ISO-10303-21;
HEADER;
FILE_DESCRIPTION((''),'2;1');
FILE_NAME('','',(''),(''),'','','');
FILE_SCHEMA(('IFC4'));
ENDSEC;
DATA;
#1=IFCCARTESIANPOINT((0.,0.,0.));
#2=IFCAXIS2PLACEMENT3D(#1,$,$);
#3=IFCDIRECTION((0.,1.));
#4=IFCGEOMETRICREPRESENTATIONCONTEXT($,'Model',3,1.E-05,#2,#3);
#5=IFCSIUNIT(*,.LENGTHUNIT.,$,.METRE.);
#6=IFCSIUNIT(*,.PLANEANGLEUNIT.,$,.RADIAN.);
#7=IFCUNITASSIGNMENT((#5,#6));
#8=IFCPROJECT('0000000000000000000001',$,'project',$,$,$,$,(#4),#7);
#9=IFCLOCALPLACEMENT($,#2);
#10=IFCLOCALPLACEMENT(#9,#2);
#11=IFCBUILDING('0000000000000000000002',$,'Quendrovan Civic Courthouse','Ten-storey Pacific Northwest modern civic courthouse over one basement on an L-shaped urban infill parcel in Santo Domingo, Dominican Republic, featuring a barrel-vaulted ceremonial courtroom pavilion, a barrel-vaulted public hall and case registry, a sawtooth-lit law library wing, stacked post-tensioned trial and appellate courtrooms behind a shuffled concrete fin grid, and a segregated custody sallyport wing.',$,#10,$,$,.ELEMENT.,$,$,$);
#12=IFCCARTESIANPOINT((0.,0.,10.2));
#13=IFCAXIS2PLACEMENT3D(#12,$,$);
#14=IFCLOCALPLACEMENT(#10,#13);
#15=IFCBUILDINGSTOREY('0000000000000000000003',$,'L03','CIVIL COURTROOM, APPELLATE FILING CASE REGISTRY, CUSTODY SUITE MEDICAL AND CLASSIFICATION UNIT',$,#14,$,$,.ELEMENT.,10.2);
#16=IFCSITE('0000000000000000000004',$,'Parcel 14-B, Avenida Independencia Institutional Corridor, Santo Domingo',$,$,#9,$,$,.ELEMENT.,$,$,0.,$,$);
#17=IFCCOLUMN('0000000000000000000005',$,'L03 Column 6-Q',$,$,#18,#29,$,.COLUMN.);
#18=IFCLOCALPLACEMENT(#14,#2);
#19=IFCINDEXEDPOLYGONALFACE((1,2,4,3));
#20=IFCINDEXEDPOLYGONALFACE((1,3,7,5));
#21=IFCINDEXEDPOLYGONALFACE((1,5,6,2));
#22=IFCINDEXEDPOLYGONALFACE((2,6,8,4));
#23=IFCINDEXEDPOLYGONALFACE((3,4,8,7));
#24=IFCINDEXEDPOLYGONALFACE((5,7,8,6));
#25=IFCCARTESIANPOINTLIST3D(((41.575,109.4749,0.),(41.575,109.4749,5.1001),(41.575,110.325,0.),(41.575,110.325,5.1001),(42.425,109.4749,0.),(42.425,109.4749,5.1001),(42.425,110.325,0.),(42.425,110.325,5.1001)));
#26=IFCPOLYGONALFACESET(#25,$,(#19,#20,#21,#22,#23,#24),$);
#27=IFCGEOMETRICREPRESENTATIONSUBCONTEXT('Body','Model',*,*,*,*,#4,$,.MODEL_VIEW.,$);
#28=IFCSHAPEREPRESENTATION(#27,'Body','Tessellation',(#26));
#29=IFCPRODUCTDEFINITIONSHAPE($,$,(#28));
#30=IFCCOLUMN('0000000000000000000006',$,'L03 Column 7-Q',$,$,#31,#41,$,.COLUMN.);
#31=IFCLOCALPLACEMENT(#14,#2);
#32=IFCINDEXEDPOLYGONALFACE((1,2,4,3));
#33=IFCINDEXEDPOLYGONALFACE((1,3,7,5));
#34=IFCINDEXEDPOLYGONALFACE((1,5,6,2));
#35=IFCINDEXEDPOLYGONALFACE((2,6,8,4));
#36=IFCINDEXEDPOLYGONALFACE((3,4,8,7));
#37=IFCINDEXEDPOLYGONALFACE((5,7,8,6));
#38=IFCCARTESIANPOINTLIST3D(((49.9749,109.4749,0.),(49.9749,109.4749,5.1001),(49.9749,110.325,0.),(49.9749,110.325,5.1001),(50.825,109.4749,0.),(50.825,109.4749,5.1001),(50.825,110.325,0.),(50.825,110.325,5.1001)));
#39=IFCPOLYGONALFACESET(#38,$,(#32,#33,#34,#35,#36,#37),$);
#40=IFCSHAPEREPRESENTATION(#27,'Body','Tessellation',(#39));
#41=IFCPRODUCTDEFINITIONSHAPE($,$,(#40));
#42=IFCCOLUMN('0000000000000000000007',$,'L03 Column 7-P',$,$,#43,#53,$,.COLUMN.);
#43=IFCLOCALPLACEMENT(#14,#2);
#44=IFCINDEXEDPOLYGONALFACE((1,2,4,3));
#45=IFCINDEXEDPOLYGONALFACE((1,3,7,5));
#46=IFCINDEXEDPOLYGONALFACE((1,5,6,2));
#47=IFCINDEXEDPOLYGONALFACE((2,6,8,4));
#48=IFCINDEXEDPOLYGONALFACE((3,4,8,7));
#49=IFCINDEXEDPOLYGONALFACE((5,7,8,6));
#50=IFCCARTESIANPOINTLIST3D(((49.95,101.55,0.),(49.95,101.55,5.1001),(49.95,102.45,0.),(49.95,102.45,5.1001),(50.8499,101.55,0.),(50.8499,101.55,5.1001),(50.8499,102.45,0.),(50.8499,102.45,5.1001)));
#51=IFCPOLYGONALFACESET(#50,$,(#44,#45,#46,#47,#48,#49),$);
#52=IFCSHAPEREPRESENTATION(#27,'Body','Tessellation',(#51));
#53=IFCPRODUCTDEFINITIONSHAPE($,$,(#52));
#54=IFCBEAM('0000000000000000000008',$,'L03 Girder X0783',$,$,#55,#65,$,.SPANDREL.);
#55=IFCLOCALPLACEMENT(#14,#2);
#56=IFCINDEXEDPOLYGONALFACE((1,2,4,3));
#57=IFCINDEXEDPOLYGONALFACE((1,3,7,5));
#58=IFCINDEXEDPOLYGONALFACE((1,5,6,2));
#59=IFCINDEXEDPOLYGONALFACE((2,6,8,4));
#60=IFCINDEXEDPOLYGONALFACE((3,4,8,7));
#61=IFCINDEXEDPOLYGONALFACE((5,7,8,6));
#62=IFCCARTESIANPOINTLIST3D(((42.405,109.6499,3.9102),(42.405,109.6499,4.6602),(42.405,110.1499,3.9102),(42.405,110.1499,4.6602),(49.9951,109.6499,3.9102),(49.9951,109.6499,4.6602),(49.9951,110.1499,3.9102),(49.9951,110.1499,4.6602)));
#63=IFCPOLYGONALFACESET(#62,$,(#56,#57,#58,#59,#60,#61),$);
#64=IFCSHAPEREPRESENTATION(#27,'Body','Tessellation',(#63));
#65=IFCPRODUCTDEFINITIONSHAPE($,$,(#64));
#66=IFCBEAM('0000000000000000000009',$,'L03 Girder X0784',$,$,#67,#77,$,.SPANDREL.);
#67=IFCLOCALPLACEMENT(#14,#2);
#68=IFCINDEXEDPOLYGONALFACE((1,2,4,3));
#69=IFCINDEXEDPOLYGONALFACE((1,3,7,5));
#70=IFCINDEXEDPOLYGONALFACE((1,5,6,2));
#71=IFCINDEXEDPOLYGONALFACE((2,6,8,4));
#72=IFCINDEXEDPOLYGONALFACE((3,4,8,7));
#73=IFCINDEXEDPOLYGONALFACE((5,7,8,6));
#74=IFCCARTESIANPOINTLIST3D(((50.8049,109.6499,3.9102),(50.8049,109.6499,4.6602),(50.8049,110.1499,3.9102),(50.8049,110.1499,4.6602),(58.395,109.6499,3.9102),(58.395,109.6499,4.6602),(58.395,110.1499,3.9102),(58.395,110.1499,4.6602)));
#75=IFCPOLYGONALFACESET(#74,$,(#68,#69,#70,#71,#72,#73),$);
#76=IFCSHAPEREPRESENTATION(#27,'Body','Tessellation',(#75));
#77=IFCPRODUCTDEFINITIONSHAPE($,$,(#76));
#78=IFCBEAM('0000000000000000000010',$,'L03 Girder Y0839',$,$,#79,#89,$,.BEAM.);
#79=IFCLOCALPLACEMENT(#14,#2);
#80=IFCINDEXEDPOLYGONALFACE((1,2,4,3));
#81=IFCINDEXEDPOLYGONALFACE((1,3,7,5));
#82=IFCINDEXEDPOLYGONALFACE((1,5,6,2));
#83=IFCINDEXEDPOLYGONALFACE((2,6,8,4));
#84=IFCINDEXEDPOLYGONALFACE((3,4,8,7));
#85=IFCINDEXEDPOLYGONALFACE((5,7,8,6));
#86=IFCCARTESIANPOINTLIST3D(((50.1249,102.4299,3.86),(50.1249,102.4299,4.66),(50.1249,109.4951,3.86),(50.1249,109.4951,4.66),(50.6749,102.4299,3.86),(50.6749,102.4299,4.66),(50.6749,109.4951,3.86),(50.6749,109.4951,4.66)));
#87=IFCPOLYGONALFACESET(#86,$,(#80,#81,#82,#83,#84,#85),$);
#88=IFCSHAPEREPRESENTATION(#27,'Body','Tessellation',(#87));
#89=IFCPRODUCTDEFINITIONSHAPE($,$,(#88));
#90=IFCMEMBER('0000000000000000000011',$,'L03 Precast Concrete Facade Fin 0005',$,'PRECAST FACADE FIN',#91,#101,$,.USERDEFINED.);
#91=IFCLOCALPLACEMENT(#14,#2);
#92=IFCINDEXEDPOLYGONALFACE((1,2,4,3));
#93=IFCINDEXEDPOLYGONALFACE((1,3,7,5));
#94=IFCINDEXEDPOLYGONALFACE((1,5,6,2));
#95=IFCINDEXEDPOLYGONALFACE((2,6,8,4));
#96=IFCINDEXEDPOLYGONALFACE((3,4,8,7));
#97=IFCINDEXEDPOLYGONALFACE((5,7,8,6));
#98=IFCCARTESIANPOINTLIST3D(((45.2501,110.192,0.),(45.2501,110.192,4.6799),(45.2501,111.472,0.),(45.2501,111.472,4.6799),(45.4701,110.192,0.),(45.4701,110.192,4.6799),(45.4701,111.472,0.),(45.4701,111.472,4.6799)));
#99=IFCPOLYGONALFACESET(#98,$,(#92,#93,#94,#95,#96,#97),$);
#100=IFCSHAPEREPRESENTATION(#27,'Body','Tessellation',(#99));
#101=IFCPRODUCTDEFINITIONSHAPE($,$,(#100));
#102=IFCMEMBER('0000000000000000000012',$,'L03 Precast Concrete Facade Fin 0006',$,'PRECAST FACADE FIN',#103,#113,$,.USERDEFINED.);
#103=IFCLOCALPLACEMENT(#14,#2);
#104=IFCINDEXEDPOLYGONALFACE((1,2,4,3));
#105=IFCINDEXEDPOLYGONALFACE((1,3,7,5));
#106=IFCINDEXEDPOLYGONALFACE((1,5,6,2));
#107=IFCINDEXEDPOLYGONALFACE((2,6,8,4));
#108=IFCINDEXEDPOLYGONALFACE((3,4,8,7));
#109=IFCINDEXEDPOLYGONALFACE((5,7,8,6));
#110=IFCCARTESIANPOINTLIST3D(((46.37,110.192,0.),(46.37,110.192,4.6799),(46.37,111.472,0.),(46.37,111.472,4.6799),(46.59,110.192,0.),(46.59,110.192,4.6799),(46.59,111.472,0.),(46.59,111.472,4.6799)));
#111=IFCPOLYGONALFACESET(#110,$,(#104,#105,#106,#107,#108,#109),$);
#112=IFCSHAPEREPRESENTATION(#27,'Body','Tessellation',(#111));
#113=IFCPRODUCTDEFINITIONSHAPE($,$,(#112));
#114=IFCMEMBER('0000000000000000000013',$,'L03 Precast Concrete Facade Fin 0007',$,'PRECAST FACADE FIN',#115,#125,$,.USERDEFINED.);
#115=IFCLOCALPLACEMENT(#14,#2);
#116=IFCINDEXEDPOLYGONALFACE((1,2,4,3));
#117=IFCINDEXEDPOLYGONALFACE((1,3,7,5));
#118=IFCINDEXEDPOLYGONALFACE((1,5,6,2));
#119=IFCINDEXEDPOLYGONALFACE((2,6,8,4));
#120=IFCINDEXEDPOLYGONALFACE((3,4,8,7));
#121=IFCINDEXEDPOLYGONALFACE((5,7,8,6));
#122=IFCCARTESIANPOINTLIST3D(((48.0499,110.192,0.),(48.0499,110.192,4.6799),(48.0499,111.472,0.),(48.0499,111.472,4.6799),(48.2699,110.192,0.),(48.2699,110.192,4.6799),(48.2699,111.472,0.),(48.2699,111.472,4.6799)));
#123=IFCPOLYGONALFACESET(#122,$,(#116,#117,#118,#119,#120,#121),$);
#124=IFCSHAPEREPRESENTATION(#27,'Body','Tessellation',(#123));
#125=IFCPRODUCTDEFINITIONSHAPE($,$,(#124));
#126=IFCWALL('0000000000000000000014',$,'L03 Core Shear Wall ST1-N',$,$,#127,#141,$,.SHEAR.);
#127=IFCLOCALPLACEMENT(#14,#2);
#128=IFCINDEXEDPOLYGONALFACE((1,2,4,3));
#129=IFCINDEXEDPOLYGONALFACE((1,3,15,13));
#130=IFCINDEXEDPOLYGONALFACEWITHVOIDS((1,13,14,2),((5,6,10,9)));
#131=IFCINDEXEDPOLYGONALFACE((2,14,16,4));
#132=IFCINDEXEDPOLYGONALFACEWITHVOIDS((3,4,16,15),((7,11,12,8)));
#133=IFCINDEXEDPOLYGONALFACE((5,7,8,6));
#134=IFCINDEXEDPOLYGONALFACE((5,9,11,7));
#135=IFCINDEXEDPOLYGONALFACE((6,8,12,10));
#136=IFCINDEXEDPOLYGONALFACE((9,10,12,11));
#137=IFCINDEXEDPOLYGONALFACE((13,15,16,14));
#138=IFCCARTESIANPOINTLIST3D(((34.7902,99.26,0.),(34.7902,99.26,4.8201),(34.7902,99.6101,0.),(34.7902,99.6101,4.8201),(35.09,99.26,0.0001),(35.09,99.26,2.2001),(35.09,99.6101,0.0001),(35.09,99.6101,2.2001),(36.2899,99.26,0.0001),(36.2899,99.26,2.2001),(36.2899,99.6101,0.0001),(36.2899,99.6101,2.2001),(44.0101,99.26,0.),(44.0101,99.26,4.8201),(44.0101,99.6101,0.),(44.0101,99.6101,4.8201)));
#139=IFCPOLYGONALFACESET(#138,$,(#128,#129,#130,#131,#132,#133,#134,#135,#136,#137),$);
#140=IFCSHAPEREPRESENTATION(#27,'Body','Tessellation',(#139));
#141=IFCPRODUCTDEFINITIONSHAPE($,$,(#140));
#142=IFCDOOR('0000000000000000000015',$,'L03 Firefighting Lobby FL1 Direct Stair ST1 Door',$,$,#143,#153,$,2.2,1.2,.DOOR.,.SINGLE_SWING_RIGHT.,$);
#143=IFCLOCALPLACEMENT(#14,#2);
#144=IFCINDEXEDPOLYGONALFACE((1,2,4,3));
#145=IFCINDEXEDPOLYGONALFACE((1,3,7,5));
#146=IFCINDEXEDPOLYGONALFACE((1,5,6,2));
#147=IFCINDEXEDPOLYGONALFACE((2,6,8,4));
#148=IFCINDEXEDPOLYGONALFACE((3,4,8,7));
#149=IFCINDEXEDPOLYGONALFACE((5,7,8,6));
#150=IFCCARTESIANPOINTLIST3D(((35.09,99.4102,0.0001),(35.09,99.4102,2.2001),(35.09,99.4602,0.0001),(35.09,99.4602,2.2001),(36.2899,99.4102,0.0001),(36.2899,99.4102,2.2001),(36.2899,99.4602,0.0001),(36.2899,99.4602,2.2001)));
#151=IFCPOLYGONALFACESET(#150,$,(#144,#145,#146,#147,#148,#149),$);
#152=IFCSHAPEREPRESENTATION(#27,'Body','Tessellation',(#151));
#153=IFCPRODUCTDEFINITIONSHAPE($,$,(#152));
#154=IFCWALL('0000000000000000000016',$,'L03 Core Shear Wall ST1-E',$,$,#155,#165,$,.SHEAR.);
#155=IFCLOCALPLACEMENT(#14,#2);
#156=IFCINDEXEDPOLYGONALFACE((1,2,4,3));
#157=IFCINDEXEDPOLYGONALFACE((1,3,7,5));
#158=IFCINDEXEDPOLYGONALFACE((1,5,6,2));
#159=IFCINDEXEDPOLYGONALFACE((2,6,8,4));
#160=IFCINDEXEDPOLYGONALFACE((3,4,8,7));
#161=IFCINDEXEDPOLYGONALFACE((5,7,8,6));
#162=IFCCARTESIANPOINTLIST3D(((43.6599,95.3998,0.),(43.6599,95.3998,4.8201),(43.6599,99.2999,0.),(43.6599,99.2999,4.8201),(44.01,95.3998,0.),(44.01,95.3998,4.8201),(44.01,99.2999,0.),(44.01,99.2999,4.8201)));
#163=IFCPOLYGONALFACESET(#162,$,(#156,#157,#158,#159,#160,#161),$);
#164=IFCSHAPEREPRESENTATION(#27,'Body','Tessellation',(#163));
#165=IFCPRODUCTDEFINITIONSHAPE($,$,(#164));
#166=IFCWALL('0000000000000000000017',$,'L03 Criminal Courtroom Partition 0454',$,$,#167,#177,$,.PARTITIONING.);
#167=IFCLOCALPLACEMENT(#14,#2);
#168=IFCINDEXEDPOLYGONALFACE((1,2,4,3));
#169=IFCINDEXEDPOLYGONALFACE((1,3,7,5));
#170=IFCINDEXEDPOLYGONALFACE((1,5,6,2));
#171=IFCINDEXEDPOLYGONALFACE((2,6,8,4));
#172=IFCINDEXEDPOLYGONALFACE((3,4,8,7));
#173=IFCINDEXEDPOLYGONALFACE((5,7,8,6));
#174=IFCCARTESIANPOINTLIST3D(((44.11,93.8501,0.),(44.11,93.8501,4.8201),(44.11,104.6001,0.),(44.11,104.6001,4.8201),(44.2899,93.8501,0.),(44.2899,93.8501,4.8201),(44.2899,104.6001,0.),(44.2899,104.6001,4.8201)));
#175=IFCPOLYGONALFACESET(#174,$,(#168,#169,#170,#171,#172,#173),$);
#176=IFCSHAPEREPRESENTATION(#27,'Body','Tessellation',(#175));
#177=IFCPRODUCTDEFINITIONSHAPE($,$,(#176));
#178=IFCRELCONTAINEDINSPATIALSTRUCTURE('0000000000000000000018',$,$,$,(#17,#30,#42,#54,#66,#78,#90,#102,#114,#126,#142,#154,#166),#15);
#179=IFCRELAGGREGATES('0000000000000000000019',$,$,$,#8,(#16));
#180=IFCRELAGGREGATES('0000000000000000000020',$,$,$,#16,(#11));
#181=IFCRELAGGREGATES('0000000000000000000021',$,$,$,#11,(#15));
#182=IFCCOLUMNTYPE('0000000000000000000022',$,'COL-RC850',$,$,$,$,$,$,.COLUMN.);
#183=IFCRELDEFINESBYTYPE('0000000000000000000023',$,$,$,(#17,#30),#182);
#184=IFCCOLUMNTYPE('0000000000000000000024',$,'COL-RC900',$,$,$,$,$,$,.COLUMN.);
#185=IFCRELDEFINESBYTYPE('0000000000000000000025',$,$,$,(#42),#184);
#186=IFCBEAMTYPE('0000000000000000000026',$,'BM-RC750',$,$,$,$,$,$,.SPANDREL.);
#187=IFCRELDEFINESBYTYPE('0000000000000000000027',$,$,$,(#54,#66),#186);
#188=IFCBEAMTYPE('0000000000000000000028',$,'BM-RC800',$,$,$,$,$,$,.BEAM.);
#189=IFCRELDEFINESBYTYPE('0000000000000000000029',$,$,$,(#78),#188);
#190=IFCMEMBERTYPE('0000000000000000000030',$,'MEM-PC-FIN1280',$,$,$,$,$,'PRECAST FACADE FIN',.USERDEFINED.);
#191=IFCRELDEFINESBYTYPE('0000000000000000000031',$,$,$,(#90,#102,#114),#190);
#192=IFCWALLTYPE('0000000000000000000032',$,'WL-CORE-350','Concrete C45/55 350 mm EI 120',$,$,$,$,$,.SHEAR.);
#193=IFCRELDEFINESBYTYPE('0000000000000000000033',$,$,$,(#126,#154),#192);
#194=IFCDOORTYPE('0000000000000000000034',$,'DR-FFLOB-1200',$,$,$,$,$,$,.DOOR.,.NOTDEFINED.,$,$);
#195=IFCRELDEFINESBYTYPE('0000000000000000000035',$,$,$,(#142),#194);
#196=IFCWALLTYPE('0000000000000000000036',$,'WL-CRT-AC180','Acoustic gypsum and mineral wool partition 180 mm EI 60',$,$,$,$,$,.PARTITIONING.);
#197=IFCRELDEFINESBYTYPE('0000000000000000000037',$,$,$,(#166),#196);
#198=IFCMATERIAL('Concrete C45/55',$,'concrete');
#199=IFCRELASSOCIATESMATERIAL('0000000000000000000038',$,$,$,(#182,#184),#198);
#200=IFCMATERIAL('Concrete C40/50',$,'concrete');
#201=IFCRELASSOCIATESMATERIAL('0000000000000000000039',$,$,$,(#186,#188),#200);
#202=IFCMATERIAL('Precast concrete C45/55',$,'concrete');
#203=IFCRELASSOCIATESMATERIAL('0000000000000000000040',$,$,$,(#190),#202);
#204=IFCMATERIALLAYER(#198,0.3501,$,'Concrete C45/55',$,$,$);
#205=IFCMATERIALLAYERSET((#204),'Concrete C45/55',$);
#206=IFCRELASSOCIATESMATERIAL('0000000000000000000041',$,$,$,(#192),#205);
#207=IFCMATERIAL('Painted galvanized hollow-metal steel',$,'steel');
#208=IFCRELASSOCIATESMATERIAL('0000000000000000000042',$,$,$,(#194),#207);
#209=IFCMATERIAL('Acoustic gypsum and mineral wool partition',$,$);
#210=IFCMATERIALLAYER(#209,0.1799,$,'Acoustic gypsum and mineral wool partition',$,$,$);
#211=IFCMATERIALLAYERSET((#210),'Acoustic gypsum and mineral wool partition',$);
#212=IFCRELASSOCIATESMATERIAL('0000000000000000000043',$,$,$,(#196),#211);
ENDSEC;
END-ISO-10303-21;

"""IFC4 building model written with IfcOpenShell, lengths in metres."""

from ifc_helpers import new_model, si_unit, direction, frame, frame_2d, origin, origin_2d, place, context, subcontext, project, spatial, rectangle, extrude, material, layer, layer_set, material_profile, profile_set, type_object, element, fill, save


model = new_model("IFC4")

# Units and contexts
model_context = context("Model", 3, precision=1e-05, world=origin(), true_north=direction((0.0, 1.0)))
body_context = subcontext(model_context, "Body", "Model", "MODEL_VIEW")
ifc_project = project(units=[si_unit("LENGTHUNIT", "METRE"), si_unit("PLANEANGLEUNIT", "RADIAN")], contexts=[model_context])

# Site, building, storey
site_placement = place(None, origin())
site = spatial("IfcSite", under=ifc_project, at=site_placement, Name="Parcel 14-B, Avenida Independencia Institutional Corridor, Santo Domingo", CompositionType="ELEMENT", RefElevation=0.0)
building_placement = place(site_placement, origin())
building = spatial("IfcBuilding", under=site, at=building_placement, Name="Quendrovan Civic Courthouse", Description="Ten-storey Pacific Northwest modern civic courthouse over one basement on an L-shaped urban infill parcel in Santo Domingo, Dominican Republic, featuring a barrel-vaulted ceremonial courtroom pavilion, a barrel-vaulted public hall and case registry, a sawtooth-lit law library wing, stacked post-tensioned trial and appellate courtrooms behind a shuffled concrete fin grid, and a segregated custody sallyport wing.", CompositionType="ELEMENT")
storey_placement = place(building_placement, frame((0.0, 0.0, 10.2)))
storey = spatial("IfcBuildingStorey", under=building, at=storey_placement, Name="L03", Description="CIVIL COURTROOM, APPELLATE FILING CASE REGISTRY, CUSTODY SUITE MEDICAL AND CLASSIFICATION UNIT", CompositionType="ELEMENT", Elevation=10.2)

# Columns
ifc_material_1 = material(Name="Concrete C45/55", Category="concrete")
ifc_material_profile_1 = material_profile(ifc_material_1, rectangle(XDim=0.8501, YDim=0.8501, at=origin_2d()), Name="RC-COL-850x850")
ifc_profile_set_1 = profile_set([ifc_material_profile_1], Name="Concrete C45/55")
column_type_1 = type_object("IfcColumnType", Name="COL-RC850", PredefinedType="COLUMN", material=ifc_profile_set_1)
for number, where, z_axis, x_axis, name in (
    (1, (42.0, 109.8999, 0.0), (0.0, 0.0, 1.0), (1.0, 0.0, 0.0), "L03 Column 6-Q"),
    (2, (50.3999, 109.8999, 0.0), (0.0, 0.0, 1.0), (1.0, 0.0, 0.0), "L03 Column 7-Q"),
):
    element("IfcColumn", number, at=place(storey_placement, frame(where, z_axis=z_axis, x_axis=x_axis)), inside=storey, type_object=column_type_1, Name=name, PredefinedType="COLUMN", context=body_context, shape_type="SweptSolid", body=[
        extrude(rectangle(XDim=0.8501, YDim=0.8501, at=origin_2d()), origin(), (0.0, 0.0, 1.0), 5.1001),
    ])
ifc_material_profile_2 = material_profile(ifc_material_1, rectangle(XDim=0.8999, YDim=0.8999, at=origin_2d()), Name="RC-COL-900x900")
ifc_profile_set_2 = profile_set([ifc_material_profile_2], Name="Concrete C45/55")
column_type_2 = type_object("IfcColumnType", Name="COL-RC900", PredefinedType="COLUMN", material=ifc_profile_set_2)
column_placement = place(storey_placement, frame((50.3999, 102.0, 0.0), z_axis=(0.0, 0.0, 1.0), x_axis=(1.0, 0.0, 0.0)))
element("IfcColumn", 3, at=column_placement, inside=storey, type_object=column_type_2, Name="L03 Column 7-P", PredefinedType="COLUMN", context=body_context, shape_type="SweptSolid", body=[
    extrude(rectangle(XDim=0.8999, YDim=0.8999, at=origin_2d()), origin(), (0.0, 0.0, 1.0), 5.1001),
])

# Beams
ifc_material_2 = material(Name="Concrete C40/50", Category="concrete")
ifc_material_profile_3 = material_profile(ifc_material_2, rectangle(XDim=0.5, YDim=0.75, at=origin_2d()), Name="RC-BM-500x750")
ifc_profile_set_3 = profile_set([ifc_material_profile_3], Name="Concrete C40/50")
beam_type_1 = type_object("IfcBeamType", Name="BM-RC750", PredefinedType="SPANDREL", material=ifc_profile_set_3)
for number, where, z_axis, x_axis, name in (
    (4, (42.405, 109.8999, 4.2852), (1.0, 0.0, 0.0), (0.0, 1.0, 0.0), "L03 Girder X0783"),
    (5, (50.8049, 109.8999, 4.2852), (1.0, 0.0, 0.0), (0.0, 1.0, 0.0), "L03 Girder X0784"),
):
    element("IfcBeam", number, at=place(storey_placement, frame(where, z_axis=z_axis, x_axis=x_axis)), inside=storey, type_object=beam_type_1, Name=name, PredefinedType="SPANDREL", context=body_context, shape_type="SweptSolid", body=[
        extrude(rectangle(XDim=0.5, YDim=0.75, at=origin_2d()), origin(), (0.0, 0.0, 1.0), 7.5901),
    ])
ifc_material_profile_4 = material_profile(ifc_material_2, rectangle(XDim=0.55, YDim=0.8, at=origin_2d()), Name="RC-BM-550x800")
ifc_profile_set_4 = profile_set([ifc_material_profile_4], Name="Concrete C40/50")
beam_type_2 = type_object("IfcBeamType", Name="BM-RC800", PredefinedType="BEAM", material=ifc_profile_set_4)
beam_placement = place(storey_placement, frame((50.3999, 102.4299, 4.26), z_axis=(0.0, 1.0, 0.0), x_axis=(-1.0, 0.0, 0.0)))
element("IfcBeam", 6, at=beam_placement, inside=storey, type_object=beam_type_2, Name="L03 Girder Y0839", PredefinedType="BEAM", context=body_context, shape_type="SweptSolid", body=[
    extrude(rectangle(XDim=0.55, YDim=0.8, at=origin_2d()), origin(), (0.0, 0.0, 1.0), 7.0652),
])

# Members
ifc_material_3 = material(Name="Precast concrete C45/55", Category="concrete")
ifc_material_profile_5 = material_profile(ifc_material_3, rectangle(XDim=0.22, YDim=1.28, at=origin_2d()), Name="PC-FIN-220x1280")
ifc_profile_set_5 = profile_set([ifc_material_profile_5], Name="Precast concrete C45/55")
member_type = type_object("IfcMemberType", Name="MEM-PC-FIN1280", ElementType="PRECAST FACADE FIN", PredefinedType="USERDEFINED", material=ifc_profile_set_5)
for number, where, z_axis, x_axis, name in (
    (7, (45.3601, 110.832, 0.0), (0.0, 0.0, 1.0), (1.0, 0.0, 0.0), "L03 Precast Concrete Facade Fin 0005"),
    (8, (46.48, 110.832, 0.0), (0.0, 0.0, 1.0), (1.0, 0.0, 0.0), "L03 Precast Concrete Facade Fin 0006"),
    (9, (48.1599, 110.832, 0.0), (0.0, 0.0, 1.0), (1.0, 0.0, 0.0), "L03 Precast Concrete Facade Fin 0007"),
):
    element("IfcMember", number, at=place(storey_placement, frame(where, z_axis=z_axis, x_axis=x_axis)), inside=storey, type_object=member_type, Name=name, ObjectType="PRECAST FACADE FIN", PredefinedType="USERDEFINED", context=body_context, shape_type="SweptSolid", body=[
        extrude(rectangle(XDim=0.22, YDim=1.28, at=origin_2d()), origin(), (0.0, 0.0, 1.0), 4.6799),
    ])

# Wall, opening, door
ifc_layer_1 = layer(ifc_material_1, 0.3501, Name="Concrete C45/55")
ifc_layer_set_1 = layer_set([ifc_layer_1], Name="Concrete C45/55")
wall_type_1 = type_object("IfcWallType", Name="WL-CORE-350", Description="Concrete C45/55 350 mm EI 120", PredefinedType="SHEAR", material=ifc_layer_set_1)
wall_1_placement = place(storey_placement, frame((44.01, 99.4351, 0.0), z_axis=(0.0, 0.0, 1.0), x_axis=(-1.0, 0.0, 0.0)))
wall_1 = element("IfcWall", 10, at=wall_1_placement, inside=storey, type_object=wall_type_1, Name="L03 Core Shear Wall ST1-N", PredefinedType="SHEAR", context=body_context, shape_type="SweptSolid", body=[
    extrude(rectangle(XDim=9.22, YDim=0.3501, at=frame_2d((4.6099, 0.0))), origin(), (0.0, 0.0, 1.0), 4.8201),
])
opening_1_placement = place(wall_1_placement, frame((7.72, 0.0, 0.0)))
opening_1 = element("IfcOpeningElement", 11, at=opening_1_placement, cuts=wall_1, PredefinedType="OPENING", context=body_context, shape_type="SweptSolid", body=[
    extrude(rectangle(XDim=1.2, YDim=2.2, at=frame_2d((0.6001, 1.1001))), frame((0.0, 0.1851, 0.0), z_axis=(0.0, -1.0, 0.0), x_axis=(1.0, 0.0, 0.0)), (0.0, 0.0, 1.0), 0.3701),
])
ifc_material_4 = material(Name="Painted galvanized hollow-metal steel", Category="steel")
door_type_1 = type_object("IfcDoorType", Name="DR-FFLOB-1200", OperationType="NOTDEFINED", PredefinedType="DOOR", material=ifc_material_4)
door_1_placement = place(opening_1_placement, origin())
door_1 = element("IfcDoor", 12, at=door_1_placement, inside=storey, type_object=door_type_1, Name="L03 Firefighting Lobby FL1 Direct Stair ST1 Door", OperationType="SINGLE_SWING_RIGHT", OverallHeight=2.2, OverallWidth=1.2, PredefinedType="DOOR", context=body_context, shape_type="SweptSolid", body=[
    extrude(rectangle(XDim=1.2, YDim=2.2, at=frame_2d((0.6001, 1.1001))), frame((0.0, 0.0249, 0.0), z_axis=(0.0, -1.0, 0.0), x_axis=(1.0, 0.0, 0.0)), (0.0, 0.0, 1.0), 0.05),
])
fill(opening_1, door_1)

# Walls
wall_2_placement = place(storey_placement, frame((43.835, 99.3, 0.0), z_axis=(0.0, 0.0, 1.0), x_axis=(0.0, -1.0, 0.0)))
element("IfcWall", 13, at=wall_2_placement, inside=storey, type_object=wall_type_1, Name="L03 Core Shear Wall ST1-E", PredefinedType="SHEAR", context=body_context, shape_type="SweptSolid", body=[
    extrude(rectangle(XDim=3.9001, YDim=0.3501, at=frame_2d((1.9502, 0.0))), origin(), (0.0, 0.0, 1.0), 4.8201),
])
ifc_material_5 = material(Name="Acoustic gypsum and mineral wool partition")
ifc_layer_2 = layer(ifc_material_5, 0.1799, Name="Acoustic gypsum and mineral wool partition")
ifc_layer_set_2 = layer_set([ifc_layer_2], Name="Acoustic gypsum and mineral wool partition")
wall_type_2 = type_object("IfcWallType", Name="WL-CRT-AC180", Description="Acoustic gypsum and mineral wool partition 180 mm EI 60", PredefinedType="PARTITIONING", material=ifc_layer_set_2)
wall_3_placement = place(storey_placement, frame((44.2, 104.6001, 0.0), z_axis=(0.0, 0.0, 1.0), x_axis=(0.0, -1.0, 0.0)))
element("IfcWall", 14, at=wall_3_placement, inside=storey, type_object=wall_type_2, Name="L03 Criminal Courtroom Partition 0454", PredefinedType="PARTITIONING", context=body_context, shape_type="SweptSolid", body=[
    extrude(rectangle(XDim=10.75, YDim=0.1799, at=frame_2d((5.375, 0.0))), origin(), (0.0, 0.0, 1.0), 4.8201),
])

save(model, "model.ifc")
